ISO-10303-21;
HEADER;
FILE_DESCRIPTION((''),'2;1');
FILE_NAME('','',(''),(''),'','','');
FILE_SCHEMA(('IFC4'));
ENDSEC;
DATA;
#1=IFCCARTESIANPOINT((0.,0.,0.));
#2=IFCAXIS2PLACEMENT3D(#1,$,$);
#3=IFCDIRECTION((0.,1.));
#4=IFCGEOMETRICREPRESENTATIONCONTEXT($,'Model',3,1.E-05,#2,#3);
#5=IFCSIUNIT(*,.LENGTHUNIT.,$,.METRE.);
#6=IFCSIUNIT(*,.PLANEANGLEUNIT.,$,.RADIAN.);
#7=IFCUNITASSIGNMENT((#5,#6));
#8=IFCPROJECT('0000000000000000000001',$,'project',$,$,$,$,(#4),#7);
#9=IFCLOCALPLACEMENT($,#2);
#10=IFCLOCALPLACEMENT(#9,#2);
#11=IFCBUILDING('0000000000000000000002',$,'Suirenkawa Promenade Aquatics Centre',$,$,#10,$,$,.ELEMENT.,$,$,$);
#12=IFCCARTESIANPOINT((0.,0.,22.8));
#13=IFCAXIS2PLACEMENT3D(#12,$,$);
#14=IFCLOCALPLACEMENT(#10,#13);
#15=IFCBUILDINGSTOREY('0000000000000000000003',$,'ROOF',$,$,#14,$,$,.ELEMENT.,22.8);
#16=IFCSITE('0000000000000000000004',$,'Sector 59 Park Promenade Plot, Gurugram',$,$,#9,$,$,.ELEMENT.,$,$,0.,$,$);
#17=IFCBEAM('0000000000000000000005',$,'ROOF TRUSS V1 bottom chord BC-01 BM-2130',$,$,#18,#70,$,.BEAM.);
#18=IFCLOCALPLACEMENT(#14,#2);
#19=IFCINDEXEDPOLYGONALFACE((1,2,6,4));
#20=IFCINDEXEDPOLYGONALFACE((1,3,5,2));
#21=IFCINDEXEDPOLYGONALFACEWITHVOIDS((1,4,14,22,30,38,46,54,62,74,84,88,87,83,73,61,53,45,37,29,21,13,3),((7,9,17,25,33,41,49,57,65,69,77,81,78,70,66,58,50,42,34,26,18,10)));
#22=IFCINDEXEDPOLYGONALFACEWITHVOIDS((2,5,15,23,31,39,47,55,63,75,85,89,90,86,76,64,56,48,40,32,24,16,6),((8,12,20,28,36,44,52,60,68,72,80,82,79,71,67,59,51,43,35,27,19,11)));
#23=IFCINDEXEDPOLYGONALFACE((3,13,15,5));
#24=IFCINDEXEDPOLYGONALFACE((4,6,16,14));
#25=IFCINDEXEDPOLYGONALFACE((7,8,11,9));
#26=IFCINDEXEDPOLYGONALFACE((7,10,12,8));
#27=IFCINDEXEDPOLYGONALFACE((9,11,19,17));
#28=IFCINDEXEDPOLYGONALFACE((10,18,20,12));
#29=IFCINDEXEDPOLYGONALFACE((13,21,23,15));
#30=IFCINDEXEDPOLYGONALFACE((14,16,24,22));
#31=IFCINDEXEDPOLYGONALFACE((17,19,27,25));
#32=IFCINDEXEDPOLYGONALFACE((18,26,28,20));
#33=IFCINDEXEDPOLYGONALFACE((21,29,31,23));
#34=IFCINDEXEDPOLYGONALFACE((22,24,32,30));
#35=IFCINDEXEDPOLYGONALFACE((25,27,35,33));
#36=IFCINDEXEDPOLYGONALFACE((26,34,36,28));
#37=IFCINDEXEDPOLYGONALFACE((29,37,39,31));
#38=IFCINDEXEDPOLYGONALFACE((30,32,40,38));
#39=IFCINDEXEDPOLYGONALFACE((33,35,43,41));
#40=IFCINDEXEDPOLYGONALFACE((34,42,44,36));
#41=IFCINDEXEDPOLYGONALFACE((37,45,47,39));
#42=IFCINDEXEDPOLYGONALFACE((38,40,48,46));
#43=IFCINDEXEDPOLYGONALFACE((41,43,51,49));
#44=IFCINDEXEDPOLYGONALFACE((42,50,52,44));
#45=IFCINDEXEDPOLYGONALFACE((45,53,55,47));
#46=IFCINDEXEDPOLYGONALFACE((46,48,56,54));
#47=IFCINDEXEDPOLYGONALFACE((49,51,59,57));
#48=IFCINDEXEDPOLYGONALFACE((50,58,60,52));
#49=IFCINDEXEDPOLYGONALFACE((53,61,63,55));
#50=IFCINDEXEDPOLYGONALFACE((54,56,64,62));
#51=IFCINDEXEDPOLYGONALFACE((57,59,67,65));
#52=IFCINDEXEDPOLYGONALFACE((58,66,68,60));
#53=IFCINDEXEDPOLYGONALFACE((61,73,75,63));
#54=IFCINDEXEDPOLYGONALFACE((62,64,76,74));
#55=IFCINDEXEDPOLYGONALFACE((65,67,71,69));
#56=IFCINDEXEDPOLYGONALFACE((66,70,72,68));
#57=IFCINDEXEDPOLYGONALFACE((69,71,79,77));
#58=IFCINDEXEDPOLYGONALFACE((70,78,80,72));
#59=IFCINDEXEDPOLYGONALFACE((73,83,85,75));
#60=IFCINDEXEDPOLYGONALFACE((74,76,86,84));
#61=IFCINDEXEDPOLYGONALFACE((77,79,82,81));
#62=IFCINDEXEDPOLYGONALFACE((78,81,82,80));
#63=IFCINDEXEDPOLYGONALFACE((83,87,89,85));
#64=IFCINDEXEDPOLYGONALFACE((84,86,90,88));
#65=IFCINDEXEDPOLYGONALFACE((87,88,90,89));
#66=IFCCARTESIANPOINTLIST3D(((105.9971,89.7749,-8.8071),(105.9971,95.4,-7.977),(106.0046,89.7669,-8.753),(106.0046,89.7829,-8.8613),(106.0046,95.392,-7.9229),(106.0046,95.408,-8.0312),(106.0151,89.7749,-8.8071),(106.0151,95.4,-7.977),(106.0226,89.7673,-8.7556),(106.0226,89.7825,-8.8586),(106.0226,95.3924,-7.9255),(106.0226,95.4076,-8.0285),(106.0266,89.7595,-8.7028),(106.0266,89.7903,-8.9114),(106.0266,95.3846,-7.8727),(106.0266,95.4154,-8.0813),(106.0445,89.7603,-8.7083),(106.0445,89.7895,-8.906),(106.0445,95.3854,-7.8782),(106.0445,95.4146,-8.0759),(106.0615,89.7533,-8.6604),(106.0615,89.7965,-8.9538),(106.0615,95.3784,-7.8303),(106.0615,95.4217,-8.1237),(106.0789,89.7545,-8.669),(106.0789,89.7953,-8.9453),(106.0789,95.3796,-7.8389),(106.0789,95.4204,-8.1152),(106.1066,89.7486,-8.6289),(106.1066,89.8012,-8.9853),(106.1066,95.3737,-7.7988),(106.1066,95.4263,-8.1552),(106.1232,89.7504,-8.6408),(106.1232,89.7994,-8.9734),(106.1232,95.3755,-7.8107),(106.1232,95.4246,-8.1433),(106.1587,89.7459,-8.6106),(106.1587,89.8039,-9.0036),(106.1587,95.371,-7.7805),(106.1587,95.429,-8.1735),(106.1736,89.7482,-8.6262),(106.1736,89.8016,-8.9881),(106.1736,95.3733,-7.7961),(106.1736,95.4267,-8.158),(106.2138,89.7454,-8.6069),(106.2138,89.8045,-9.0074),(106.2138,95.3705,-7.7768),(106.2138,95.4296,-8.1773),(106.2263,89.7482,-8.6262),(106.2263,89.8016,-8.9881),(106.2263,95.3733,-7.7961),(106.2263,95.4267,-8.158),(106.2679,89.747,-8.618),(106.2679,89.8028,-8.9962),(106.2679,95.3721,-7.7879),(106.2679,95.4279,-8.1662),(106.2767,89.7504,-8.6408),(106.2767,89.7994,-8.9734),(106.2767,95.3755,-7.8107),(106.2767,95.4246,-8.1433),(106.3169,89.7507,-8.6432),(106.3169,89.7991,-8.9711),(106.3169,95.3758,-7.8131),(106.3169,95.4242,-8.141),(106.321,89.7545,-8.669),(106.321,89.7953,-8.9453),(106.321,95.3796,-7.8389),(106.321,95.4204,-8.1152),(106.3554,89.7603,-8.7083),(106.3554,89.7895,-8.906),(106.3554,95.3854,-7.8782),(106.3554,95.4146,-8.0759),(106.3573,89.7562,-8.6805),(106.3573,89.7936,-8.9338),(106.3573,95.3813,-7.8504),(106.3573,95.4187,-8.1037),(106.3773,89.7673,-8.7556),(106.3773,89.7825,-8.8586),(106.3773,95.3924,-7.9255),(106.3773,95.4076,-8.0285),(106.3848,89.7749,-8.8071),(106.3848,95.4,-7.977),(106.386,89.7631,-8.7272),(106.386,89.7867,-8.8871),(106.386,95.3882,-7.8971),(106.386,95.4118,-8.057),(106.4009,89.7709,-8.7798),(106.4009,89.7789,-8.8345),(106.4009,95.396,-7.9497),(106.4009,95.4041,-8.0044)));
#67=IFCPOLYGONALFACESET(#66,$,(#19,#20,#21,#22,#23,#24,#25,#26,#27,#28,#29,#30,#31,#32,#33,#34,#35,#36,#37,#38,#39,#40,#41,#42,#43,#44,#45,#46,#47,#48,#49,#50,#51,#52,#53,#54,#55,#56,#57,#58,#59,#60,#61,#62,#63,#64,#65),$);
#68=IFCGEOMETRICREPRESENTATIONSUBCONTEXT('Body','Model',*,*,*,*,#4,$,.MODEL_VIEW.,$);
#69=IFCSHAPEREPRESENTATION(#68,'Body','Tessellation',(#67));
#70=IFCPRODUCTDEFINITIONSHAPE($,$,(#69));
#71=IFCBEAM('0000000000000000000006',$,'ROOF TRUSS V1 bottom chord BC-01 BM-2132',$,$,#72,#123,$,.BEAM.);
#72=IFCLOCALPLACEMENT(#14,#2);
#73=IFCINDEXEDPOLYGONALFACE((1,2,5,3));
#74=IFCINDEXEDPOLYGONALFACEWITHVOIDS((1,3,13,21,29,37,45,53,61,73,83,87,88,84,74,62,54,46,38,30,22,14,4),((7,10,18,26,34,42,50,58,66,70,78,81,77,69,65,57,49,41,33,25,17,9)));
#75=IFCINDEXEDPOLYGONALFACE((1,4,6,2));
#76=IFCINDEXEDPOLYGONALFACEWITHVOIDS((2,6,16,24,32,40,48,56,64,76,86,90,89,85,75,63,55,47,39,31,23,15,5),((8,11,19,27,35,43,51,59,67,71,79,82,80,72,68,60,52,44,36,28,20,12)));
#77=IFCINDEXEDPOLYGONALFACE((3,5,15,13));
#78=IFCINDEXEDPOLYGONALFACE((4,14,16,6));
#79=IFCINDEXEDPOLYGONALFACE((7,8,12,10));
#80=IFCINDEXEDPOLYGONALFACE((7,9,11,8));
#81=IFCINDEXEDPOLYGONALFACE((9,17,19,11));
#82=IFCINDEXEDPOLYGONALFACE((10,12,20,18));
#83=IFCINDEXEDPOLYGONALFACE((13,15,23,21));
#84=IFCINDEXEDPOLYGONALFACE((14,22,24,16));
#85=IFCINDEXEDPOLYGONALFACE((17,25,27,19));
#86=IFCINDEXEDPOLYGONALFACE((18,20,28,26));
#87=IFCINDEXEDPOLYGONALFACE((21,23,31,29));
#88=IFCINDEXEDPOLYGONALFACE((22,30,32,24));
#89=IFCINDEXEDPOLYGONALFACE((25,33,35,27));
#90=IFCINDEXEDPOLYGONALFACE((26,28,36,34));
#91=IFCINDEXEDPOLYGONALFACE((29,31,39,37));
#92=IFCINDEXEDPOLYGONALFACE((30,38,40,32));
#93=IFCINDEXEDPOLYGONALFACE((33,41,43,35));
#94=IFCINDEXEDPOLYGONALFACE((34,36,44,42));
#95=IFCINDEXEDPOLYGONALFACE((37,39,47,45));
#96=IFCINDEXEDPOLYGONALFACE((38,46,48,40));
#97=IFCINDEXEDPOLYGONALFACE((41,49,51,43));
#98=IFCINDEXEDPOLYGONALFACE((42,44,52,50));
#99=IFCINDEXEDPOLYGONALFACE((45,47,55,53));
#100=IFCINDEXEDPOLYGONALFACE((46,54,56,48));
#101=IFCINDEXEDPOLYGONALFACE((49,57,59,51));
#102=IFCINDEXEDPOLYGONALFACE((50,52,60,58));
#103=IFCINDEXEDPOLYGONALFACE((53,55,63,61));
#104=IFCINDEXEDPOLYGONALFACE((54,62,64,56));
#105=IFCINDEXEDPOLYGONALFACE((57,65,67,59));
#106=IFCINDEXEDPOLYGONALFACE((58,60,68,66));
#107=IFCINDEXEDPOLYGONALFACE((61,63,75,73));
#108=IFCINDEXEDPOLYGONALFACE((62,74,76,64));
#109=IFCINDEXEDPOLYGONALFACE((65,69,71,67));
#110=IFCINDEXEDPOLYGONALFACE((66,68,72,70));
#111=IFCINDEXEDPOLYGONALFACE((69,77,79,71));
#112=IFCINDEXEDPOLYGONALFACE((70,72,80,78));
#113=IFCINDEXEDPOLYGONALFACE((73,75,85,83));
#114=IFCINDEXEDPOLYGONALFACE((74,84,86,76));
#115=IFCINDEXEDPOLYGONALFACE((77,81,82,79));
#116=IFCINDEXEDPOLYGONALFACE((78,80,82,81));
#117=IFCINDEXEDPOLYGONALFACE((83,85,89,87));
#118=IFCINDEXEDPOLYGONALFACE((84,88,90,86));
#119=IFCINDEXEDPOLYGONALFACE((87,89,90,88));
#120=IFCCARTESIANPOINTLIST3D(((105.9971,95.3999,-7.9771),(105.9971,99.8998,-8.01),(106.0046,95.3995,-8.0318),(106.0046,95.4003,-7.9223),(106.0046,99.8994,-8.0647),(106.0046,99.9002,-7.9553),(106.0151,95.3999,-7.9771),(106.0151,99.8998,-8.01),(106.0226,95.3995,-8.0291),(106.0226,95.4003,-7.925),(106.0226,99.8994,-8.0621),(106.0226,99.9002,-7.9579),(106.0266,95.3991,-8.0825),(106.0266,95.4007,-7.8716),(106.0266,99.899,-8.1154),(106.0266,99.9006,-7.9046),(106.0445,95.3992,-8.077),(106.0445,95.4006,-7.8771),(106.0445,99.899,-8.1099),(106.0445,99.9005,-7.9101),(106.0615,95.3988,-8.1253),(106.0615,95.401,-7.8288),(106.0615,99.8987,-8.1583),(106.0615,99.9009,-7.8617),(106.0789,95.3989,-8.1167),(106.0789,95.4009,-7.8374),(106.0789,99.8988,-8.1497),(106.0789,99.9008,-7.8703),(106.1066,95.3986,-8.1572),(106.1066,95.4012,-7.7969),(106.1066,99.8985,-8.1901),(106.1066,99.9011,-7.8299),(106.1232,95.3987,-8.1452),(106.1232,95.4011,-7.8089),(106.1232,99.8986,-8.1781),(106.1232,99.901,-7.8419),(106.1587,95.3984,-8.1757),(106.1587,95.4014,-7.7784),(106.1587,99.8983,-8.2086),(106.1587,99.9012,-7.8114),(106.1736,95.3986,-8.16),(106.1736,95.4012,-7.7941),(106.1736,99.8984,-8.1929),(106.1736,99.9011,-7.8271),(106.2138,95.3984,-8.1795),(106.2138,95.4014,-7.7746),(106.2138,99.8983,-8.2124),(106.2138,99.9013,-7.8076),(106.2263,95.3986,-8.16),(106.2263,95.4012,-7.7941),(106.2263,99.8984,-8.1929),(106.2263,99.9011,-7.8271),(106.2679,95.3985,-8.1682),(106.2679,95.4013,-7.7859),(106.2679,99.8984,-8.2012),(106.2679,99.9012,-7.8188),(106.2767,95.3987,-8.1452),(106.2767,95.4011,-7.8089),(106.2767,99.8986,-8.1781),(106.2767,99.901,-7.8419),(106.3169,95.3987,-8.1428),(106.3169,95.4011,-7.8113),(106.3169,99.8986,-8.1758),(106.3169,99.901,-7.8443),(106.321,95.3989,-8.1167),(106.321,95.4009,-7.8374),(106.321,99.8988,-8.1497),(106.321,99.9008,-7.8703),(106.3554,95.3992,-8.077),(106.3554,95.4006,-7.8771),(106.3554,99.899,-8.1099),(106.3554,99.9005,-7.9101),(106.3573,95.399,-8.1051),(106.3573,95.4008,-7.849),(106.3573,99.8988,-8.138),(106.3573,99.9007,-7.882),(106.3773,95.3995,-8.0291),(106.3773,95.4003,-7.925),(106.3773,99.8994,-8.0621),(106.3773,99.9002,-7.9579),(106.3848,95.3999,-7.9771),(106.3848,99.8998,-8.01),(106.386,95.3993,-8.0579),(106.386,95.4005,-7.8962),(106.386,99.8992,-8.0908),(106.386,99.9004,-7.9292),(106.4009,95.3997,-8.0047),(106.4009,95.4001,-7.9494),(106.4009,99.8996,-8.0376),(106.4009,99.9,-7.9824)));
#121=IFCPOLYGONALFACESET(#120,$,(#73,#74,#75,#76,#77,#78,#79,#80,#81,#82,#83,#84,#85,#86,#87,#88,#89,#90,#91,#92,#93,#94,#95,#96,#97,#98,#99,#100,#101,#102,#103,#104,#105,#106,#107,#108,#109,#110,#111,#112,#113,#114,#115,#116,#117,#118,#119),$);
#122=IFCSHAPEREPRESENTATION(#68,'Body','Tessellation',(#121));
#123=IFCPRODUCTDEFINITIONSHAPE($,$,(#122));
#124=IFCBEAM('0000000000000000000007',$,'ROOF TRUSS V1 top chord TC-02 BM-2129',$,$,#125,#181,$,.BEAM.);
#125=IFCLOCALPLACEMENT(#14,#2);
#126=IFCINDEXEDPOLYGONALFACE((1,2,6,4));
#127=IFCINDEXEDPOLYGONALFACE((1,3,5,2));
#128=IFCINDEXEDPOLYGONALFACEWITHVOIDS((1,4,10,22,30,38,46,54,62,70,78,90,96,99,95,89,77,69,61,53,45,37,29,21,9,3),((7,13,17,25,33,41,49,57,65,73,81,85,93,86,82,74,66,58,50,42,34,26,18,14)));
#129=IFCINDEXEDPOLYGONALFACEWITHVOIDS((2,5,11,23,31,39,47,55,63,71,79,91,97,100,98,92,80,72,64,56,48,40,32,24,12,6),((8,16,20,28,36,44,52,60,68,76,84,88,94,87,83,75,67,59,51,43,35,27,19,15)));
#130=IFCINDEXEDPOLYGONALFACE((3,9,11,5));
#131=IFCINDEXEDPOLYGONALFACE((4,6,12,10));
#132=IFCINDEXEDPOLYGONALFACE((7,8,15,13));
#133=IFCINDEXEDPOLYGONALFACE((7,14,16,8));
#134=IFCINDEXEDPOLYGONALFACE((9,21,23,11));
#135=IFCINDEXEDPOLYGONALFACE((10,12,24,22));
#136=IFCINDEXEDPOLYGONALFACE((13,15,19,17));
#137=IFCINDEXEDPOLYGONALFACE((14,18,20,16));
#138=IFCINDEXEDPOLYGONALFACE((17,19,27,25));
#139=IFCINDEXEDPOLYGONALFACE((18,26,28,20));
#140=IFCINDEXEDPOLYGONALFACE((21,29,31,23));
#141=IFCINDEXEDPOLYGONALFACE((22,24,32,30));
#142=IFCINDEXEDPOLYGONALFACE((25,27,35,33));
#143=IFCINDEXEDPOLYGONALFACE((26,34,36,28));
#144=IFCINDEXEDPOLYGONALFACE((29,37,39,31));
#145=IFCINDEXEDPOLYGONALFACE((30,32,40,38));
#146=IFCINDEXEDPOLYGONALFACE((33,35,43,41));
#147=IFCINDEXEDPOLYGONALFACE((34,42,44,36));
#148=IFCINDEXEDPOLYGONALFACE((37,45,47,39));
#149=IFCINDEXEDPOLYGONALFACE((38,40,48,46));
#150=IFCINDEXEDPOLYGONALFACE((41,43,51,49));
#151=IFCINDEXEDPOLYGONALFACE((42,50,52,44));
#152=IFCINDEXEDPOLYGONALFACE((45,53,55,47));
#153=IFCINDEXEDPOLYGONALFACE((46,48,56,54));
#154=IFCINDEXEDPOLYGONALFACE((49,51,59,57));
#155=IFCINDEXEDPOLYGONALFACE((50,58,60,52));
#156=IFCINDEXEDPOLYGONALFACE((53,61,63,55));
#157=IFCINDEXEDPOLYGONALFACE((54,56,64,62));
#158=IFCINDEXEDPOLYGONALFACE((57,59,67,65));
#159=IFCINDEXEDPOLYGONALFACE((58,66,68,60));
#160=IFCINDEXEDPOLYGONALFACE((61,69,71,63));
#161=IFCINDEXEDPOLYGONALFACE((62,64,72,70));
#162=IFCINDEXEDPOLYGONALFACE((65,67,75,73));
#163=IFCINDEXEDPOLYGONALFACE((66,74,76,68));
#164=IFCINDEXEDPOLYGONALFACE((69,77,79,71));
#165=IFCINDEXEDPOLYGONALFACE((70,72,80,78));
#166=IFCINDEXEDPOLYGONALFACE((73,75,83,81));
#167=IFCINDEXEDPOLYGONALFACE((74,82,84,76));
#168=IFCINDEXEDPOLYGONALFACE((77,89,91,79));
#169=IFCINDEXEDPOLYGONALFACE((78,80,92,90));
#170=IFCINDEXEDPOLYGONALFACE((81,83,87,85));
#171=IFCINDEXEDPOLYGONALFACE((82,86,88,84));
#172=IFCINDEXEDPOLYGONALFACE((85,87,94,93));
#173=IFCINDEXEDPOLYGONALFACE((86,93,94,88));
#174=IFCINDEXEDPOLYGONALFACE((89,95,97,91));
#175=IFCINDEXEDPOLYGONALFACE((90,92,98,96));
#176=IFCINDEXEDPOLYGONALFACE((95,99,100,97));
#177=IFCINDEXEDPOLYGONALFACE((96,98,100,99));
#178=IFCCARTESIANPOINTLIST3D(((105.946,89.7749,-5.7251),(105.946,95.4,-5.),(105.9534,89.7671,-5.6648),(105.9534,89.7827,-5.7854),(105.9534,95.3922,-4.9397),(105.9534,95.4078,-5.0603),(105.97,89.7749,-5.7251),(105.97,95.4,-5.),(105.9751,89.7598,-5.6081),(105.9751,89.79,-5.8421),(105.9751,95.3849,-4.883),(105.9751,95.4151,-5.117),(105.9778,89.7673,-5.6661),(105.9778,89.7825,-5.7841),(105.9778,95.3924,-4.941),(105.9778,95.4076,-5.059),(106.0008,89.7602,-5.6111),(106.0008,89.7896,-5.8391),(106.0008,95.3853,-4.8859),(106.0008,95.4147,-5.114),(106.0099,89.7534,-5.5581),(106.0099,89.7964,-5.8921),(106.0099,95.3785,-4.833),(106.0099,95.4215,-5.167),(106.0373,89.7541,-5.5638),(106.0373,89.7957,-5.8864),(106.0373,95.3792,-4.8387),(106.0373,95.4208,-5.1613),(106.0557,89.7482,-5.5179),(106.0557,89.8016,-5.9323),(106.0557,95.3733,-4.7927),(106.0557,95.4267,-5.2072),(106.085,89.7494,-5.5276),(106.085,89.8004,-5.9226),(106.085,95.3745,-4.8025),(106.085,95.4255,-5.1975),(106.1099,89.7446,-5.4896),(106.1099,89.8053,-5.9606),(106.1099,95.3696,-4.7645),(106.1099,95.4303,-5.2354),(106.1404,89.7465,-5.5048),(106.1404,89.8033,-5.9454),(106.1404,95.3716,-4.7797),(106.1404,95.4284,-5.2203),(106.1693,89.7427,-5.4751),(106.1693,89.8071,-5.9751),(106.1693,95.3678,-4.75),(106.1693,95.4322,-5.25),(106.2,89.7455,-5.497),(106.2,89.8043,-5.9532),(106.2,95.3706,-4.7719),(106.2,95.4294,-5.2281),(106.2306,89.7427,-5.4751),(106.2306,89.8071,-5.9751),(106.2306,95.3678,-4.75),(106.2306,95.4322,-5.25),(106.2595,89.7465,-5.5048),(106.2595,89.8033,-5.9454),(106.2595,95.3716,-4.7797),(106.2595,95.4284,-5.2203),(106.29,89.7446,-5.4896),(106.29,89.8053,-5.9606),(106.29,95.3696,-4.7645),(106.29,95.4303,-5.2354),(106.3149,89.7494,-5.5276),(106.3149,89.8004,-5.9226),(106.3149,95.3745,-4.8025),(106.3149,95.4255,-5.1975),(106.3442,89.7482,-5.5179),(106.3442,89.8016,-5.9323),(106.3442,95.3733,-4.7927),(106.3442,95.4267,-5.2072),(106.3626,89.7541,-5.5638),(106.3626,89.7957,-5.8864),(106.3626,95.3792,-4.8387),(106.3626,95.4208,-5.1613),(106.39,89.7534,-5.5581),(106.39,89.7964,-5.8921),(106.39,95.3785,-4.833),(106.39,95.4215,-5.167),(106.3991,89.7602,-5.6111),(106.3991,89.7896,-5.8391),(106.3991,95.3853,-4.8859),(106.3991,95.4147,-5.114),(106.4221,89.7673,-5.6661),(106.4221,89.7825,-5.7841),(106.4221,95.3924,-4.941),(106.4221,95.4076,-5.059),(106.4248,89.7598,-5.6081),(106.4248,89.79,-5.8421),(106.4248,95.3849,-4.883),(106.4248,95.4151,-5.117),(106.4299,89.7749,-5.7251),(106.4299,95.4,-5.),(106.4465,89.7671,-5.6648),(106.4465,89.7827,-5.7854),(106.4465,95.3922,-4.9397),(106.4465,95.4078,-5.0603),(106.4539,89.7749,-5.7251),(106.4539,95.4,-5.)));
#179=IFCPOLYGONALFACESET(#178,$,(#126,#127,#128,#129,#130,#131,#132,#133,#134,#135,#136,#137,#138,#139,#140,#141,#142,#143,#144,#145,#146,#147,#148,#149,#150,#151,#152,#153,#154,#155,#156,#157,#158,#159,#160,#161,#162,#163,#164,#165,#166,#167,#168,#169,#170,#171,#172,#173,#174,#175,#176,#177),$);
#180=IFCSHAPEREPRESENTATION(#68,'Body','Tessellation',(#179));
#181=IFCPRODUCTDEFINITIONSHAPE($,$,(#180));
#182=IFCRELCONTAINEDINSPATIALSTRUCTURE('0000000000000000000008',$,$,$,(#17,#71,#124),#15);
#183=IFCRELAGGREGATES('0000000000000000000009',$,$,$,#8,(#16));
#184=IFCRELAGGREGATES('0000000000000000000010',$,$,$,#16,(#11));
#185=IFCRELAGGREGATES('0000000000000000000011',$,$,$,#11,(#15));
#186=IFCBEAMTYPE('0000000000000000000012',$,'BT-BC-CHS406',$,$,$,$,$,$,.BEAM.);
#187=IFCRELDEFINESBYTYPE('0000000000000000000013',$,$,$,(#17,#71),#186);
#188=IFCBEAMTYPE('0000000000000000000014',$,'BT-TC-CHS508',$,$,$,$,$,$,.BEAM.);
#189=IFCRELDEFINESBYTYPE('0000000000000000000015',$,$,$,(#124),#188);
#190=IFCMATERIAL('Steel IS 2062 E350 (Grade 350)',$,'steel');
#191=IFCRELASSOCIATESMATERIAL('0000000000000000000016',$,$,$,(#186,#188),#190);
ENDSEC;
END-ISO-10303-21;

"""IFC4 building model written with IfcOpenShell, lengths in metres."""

from ifc_helpers import new_model, si_unit, direction, frame, origin, origin_2d, place, context, subcontext, project, spatial, hollow_circle, extrude, material, material_profile, profile_set, type_object, element, save


model = new_model("IFC4")

# Units and contexts
model_context = context("Model", 3, precision=1e-05, world=origin(), true_north=direction((0.0, 1.0)))
body_context = subcontext(model_context, "Body", "Model", "MODEL_VIEW")
ifc_project = project(units=[si_unit("LENGTHUNIT", "METRE"), si_unit("PLANEANGLEUNIT", "RADIAN")], contexts=[model_context])

# Site, building, storey
site_placement = place(None, origin())
site = spatial("IfcSite", under=ifc_project, at=site_placement, Name="Sector 59 Park Promenade Plot, Gurugram", CompositionType="ELEMENT", RefElevation=0.0)
building_placement = place(site_placement, origin())
building = spatial("IfcBuilding", under=site, at=building_placement, Name="Suirenkawa Promenade Aquatics Centre", CompositionType="ELEMENT")
storey_placement = place(building_placement, frame((0.0, 0.0, 22.8)))
storey = spatial("IfcBuildingStorey", under=building, at=storey_placement, Name="ROOF", CompositionType="ELEMENT", Elevation=22.8)

# Beams
ifc_material_1 = material(Name="Steel IS 2062 E350 (Grade 350)", Category="steel")
ifc_material_profile_1 = material_profile(ifc_material_1, hollow_circle(Radius=0.2029, WallThickness=0.0181, at=origin_2d()), Name="CHS 406x18", Category="steel")
ifc_profile_set_1 = profile_set([ifc_material_profile_1], Name="Steel IS 2062 E350 (Grade 350)")
beam_type_1 = type_object("IfcBeamType", Name="BT-BC-CHS406", PredefinedType="BEAM", material=ifc_profile_set_1)
beam_1_placement = place(storey_placement, frame((106.2, 89.7749, -8.8071), z_axis=(0.0, 0.989286, 0.145988), x_axis=(-1.0, 0.0, 0.0)))
element("IfcBeam", 1, at=beam_1_placement, inside=storey, type_object=beam_type_1, Name="ROOF TRUSS V1 bottom chord BC-01 BM-2130", PredefinedType="BEAM", context=body_context, shape_type="SweptSolid", body=[
    extrude(hollow_circle(Radius=0.2029, WallThickness=0.0181, at=origin_2d()), origin(), (0.0, 0.0, 1.0), 5.686),
])
beam_2_placement = place(storey_placement, frame((106.2, 95.3999, -7.9771), z_axis=(0.0, 0.999973, -0.007324), x_axis=(-1.0, 0.0, 0.0)))
element("IfcBeam", 2, at=beam_2_placement, inside=storey, type_object=beam_type_1, Name="ROOF TRUSS V1 bottom chord BC-01 BM-2132", PredefinedType="BEAM", context=body_context, shape_type="SweptSolid", body=[
    extrude(hollow_circle(Radius=0.2029, WallThickness=0.0181, at=origin_2d()), origin(), (0.0, 0.0, 1.0), 4.5),
])
ifc_material_profile_2 = material_profile(ifc_material_1, hollow_circle(Radius=0.2539, WallThickness=0.0239, at=origin_2d()), Name="CHS 508x24", Category="steel")
ifc_profile_set_2 = profile_set([ifc_material_profile_2], Name="Steel IS 2062 E350 (Grade 350)")
beam_type_2 = type_object("IfcBeamType", Name="BT-TC-CHS508", PredefinedType="BEAM", material=ifc_profile_set_2)
beam_3_placement = place(storey_placement, frame((106.2, 89.7749, -5.7251), z_axis=(0.0, 0.991794, 0.127848), x_axis=(-1.0, 0.0, 0.0)))
element("IfcBeam", 3, at=beam_3_placement, inside=storey, type_object=beam_type_2, Name="ROOF TRUSS V1 top chord TC-02 BM-2129", PredefinedType="BEAM", context=body_context, shape_type="SweptSolid", body=[
    extrude(hollow_circle(Radius=0.2539, WallThickness=0.0239, at=origin_2d()), origin(), (0.0, 0.0, 1.0), 5.6716),
])

save(model, "model.ifc")
